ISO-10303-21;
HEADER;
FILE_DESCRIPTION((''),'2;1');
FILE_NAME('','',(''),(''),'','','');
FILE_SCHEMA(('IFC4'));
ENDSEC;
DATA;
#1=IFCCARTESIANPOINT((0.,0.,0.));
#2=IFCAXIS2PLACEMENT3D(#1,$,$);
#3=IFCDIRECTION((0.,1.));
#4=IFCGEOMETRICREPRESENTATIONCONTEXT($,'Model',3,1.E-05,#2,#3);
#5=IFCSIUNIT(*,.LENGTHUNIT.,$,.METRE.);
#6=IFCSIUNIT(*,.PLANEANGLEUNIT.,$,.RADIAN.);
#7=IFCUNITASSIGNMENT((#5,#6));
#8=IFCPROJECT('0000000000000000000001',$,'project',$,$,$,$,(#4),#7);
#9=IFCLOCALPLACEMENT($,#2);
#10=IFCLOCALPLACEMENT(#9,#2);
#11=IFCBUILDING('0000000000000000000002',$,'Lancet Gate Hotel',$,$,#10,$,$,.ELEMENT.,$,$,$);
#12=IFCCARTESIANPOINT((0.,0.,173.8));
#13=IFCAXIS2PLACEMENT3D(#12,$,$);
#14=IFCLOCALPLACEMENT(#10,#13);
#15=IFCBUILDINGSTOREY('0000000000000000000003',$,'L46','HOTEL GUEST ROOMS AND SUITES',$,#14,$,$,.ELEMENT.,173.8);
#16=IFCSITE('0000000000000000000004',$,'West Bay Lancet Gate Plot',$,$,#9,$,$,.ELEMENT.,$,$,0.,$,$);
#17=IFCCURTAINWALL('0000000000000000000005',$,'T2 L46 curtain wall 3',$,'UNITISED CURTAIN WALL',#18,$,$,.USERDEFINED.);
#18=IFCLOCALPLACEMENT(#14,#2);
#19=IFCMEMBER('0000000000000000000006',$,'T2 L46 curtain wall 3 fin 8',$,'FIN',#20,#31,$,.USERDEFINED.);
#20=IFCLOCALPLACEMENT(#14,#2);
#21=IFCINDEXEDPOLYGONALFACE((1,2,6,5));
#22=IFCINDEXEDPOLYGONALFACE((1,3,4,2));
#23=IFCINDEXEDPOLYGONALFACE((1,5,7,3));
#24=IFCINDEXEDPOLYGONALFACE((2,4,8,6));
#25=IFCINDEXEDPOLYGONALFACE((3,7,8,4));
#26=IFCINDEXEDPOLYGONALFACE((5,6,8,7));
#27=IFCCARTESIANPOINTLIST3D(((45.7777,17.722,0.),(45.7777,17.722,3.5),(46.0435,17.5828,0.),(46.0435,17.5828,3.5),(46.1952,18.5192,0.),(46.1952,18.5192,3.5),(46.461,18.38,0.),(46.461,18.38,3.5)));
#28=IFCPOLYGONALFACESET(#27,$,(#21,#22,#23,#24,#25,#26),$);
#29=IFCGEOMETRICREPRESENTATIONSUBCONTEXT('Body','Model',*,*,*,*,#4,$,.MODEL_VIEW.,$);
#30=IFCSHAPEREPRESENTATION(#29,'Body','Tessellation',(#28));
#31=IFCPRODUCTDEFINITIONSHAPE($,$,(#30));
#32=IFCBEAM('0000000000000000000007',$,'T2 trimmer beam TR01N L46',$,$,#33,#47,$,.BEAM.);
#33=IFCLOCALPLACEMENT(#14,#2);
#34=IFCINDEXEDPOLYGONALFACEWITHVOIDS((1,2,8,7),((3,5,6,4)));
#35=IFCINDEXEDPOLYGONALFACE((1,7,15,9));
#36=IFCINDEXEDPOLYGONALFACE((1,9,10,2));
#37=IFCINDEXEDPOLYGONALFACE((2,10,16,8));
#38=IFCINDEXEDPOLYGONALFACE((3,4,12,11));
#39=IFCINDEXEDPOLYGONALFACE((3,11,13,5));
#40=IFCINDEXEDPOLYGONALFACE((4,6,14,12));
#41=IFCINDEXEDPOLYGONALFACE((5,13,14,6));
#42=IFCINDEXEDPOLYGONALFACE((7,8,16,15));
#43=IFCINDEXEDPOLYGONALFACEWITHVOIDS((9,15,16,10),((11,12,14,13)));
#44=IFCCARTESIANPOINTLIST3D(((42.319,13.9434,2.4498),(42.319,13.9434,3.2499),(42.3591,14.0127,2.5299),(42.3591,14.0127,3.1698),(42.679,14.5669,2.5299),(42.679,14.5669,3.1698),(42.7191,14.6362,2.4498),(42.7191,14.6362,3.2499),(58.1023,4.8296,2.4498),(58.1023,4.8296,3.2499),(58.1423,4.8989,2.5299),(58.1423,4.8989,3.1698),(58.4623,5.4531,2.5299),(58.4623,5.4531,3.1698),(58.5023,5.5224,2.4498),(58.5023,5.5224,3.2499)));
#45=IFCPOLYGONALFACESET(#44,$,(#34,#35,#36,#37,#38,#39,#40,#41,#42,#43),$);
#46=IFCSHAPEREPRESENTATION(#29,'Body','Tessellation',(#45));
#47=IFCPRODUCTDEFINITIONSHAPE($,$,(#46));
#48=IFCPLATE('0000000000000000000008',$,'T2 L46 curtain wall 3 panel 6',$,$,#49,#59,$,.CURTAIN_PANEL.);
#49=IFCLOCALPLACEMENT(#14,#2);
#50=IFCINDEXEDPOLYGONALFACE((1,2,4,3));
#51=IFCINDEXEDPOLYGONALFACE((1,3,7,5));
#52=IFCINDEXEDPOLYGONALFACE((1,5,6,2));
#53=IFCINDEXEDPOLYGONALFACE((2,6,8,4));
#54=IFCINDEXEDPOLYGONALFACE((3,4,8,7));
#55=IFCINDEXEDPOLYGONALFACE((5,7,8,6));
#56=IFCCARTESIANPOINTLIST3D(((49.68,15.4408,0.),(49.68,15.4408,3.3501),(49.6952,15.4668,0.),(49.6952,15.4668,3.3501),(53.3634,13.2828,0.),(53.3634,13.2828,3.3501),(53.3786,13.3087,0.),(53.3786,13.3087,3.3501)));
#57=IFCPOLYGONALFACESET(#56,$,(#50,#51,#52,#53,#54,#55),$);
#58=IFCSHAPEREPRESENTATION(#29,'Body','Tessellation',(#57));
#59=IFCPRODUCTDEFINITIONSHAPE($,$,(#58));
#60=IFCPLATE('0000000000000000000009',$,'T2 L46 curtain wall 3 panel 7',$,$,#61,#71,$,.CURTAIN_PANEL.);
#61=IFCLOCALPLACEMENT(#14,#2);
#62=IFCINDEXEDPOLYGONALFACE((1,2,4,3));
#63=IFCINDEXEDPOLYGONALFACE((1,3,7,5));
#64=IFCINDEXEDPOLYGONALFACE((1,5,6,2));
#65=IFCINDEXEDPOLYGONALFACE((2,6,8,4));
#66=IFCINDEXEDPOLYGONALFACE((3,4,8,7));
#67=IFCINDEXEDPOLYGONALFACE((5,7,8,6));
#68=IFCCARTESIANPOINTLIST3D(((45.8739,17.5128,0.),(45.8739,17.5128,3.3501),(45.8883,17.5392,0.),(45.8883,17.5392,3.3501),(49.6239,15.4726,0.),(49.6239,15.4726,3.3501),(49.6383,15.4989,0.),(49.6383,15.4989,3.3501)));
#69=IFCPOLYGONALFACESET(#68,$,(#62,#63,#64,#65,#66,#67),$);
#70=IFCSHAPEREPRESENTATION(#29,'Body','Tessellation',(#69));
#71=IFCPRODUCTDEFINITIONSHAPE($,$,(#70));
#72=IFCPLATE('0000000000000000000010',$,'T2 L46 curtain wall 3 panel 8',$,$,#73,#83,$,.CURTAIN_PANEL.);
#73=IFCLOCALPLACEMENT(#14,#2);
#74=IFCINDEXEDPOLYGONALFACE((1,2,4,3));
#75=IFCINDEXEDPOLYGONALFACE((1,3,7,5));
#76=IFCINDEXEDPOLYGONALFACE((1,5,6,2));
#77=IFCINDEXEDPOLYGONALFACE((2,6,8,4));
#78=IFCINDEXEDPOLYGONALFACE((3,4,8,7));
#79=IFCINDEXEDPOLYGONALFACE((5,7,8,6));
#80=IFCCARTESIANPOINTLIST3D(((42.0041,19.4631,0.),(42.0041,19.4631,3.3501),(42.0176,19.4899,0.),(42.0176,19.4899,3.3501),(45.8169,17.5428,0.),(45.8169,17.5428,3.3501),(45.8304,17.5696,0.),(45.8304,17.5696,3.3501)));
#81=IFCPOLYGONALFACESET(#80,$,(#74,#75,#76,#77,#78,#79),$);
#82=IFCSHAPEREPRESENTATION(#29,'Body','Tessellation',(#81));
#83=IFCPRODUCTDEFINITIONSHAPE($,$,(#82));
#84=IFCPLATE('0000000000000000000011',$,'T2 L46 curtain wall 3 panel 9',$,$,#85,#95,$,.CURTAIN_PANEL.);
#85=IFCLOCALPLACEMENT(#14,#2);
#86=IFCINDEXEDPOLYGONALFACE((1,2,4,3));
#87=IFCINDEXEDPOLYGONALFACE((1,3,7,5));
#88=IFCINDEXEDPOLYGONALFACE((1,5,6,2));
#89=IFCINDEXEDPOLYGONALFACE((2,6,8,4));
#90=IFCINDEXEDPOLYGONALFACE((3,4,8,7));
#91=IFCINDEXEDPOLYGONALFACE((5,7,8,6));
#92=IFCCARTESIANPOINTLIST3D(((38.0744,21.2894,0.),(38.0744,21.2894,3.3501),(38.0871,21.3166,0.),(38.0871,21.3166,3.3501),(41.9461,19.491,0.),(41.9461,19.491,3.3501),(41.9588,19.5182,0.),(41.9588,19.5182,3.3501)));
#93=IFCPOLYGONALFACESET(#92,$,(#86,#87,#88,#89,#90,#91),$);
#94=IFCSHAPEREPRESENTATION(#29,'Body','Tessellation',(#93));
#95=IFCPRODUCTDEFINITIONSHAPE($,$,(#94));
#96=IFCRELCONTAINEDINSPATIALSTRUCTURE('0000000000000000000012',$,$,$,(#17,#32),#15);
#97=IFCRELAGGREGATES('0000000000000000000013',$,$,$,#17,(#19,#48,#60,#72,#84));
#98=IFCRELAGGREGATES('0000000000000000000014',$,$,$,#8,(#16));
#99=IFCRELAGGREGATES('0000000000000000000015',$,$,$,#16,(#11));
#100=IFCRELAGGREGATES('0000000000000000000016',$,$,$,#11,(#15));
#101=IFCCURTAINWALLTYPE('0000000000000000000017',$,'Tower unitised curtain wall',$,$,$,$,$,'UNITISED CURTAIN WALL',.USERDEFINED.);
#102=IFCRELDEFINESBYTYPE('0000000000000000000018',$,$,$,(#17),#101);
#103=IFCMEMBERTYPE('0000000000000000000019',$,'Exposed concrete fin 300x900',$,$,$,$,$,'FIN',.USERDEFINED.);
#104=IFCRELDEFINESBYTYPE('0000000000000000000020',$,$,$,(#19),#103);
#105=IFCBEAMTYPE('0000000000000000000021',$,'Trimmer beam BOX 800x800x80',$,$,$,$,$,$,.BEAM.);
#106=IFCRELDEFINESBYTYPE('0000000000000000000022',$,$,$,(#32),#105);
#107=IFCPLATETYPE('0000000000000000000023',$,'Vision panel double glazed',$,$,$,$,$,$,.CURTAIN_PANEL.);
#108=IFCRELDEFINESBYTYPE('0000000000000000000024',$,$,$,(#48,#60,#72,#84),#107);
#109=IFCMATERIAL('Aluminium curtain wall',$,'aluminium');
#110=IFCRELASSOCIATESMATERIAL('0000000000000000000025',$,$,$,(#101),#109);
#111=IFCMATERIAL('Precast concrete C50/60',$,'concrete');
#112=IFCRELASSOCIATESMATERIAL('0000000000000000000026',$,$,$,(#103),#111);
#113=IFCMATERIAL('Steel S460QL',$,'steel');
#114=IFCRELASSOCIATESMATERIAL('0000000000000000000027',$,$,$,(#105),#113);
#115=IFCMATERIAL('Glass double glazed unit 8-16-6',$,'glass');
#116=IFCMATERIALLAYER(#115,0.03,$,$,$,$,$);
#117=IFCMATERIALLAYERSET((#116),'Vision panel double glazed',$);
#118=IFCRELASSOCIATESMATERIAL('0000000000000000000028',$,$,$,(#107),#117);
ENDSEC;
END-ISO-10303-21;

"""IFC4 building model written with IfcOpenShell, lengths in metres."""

from ifc_helpers import new_model, si_unit, direction, frame, origin, origin_2d, place, context, subcontext, project, spatial, rectangle, hollow_rectangle, extrude, material, layer, layer_set, material_profile, profile_set, type_object, element, aggregate, save


model = new_model("IFC4")

# Units and contexts
model_context = context("Model", 3, precision=1e-05, world=origin(), true_north=direction((0.0, 1.0)))
body_context = subcontext(model_context, "Body", "Model", "MODEL_VIEW")
ifc_project = project(units=[si_unit("LENGTHUNIT", "METRE"), si_unit("PLANEANGLEUNIT", "RADIAN")], contexts=[model_context])

# Site, building, storey
site_placement = place(None, origin())
site = spatial("IfcSite", under=ifc_project, at=site_placement, Name="West Bay Lancet Gate Plot", CompositionType="ELEMENT", RefElevation=0.0)
building_placement = place(site_placement, origin())
building = spatial("IfcBuilding", under=site, at=building_placement, Name="Lancet Gate Hotel", CompositionType="ELEMENT")
storey_placement = place(building_placement, frame((0.0, 0.0, 173.8)))
storey = spatial("IfcBuildingStorey", under=building, at=storey_placement, Name="L46", Description="HOTEL GUEST ROOMS AND SUITES", CompositionType="ELEMENT", Elevation=173.8)

# Curtain wall
ifc_material_1 = material(Name="Aluminium curtain wall", Category="aluminium")
curtain_wall_type = type_object("IfcCurtainWallType", Name="Tower unitised curtain wall", ElementType="UNITISED CURTAIN WALL", PredefinedType="USERDEFINED", material=ifc_material_1)
curtain_wall_placement = place(storey_placement, origin())
curtain_wall = element("IfcCurtainWall", 1, at=curtain_wall_placement, inside=storey, type_object=curtain_wall_type, Name="T2 L46 curtain wall 3", ObjectType="UNITISED CURTAIN WALL", PredefinedType="USERDEFINED")

# Member
ifc_material_2 = material(Name="Precast concrete C50/60", Category="concrete")
ifc_material_profile_1 = material_profile(ifc_material_2, rectangle(XDim=0.3, YDim=0.8999, at=origin_2d()), Name="FIN 300x900")
ifc_profile_set_1 = profile_set([ifc_material_profile_1], Name="Precast concrete C50/60")
member_type_1 = type_object("IfcMemberType", Name="Exposed concrete fin 300x900", ElementType="FIN", PredefinedType="USERDEFINED", material=ifc_profile_set_1)
member_1_placement = place(storey_placement, frame((46.1194, 18.051, 0.0), z_axis=(0.0, 0.0, 1.0), x_axis=(-0.885877, 0.46392, 0.0)))
member_1 = element("IfcMember", 2, at=member_1_placement, type_object=member_type_1, Name="T2 L46 curtain wall 3 fin 8", ObjectType="FIN", PredefinedType="USERDEFINED", context=body_context, shape_type="SweptSolid", body=[
    extrude(rectangle(XDim=0.3, YDim=0.8999, at=origin_2d()), origin(), (0.0, 0.0, 1.0), 3.5),
])

# Beam
ifc_material_3 = material(Name="Steel S460QL", Category="steel")
ifc_material_profile_2 = material_profile(ifc_material_3, hollow_rectangle(XDim=0.8, YDim=0.8, WallThickness=0.0801, at=origin_2d()), Name="BOX 800x800x80")
ifc_profile_set_2 = profile_set([ifc_material_profile_2], Name="Steel S460QL")
beam_type_1 = type_object("IfcBeamType", Name="Trimmer beam BOX 800x800x80", PredefinedType="BEAM", material=ifc_profile_set_2)
beam_1_placement = place(storey_placement, frame((42.519, 14.2898, 2.8499), z_axis=(0.865994, -0.500055, 0.0), x_axis=(0.500055, 0.865994, 0.0)))
element("IfcBeam", 3, at=beam_1_placement, inside=storey, type_object=beam_type_1, Name="T2 trimmer beam TR01N L46", PredefinedType="BEAM", context=body_context, shape_type="SweptSolid", body=[
    extrude(hollow_rectangle(XDim=0.8, YDim=0.8, WallThickness=0.0801, at=origin_2d()), origin(), (0.0, 0.0, 1.0), 18.2256),
])

# Plates
ifc_material_4 = material(Name="Glass double glazed unit 8-16-6", Category="glass")
ifc_layer = layer(ifc_material_4, 0.03)
ifc_layer_set = layer_set([ifc_layer], Name="Vision panel double glazed")
plate_type = type_object("IfcPlateType", Name="Vision panel double glazed", PredefinedType="CURTAIN_PANEL", material=ifc_layer_set)
plate_1_placement = place(storey_placement, frame((51.5293, 14.3748, 0.0), z_axis=(0.0, 0.0, 1.0), x_axis=(-0.862815, 0.50552, 0.0)))
plate_1 = element("IfcPlate", 4, at=plate_1_placement, type_object=plate_type, Name="T2 L46 curtain wall 3 panel 6", PredefinedType="CURTAIN_PANEL", context=body_context, shape_type="SweptSolid", body=[
    extrude(rectangle(XDim=4.269, YDim=0.03, at=origin_2d()), origin(), (0.0, 0.0, 1.0), 3.3501),
])
plate_2_placement = place(storey_placement, frame((47.7561, 16.5059, 0.0), z_axis=(0.0, 0.0, 1.0), x_axis=(-0.87841, 0.477908, 0.0)))
plate_2 = element("IfcPlate", 5, at=plate_2_placement, type_object=plate_type, Name="T2 L46 curtain wall 3 panel 7", PredefinedType="CURTAIN_PANEL", context=body_context, shape_type="SweptSolid", body=[
    extrude(rectangle(XDim=4.269, YDim=0.03, at=origin_2d()), origin(), (0.0, 0.0, 1.0), 3.3501),
])
plate_3_placement = place(storey_placement, frame((43.9172, 18.5164, 0.0), z_axis=(0.0, 0.0, 1.0), x_axis=(-0.893121, 0.449816, 0.0)))
plate_3 = element("IfcPlate", 6, at=plate_3_placement, type_object=plate_type, Name="T2 L46 curtain wall 3 panel 8", PredefinedType="CURTAIN_PANEL", context=body_context, shape_type="SweptSolid", body=[
    extrude(rectangle(XDim=4.269, YDim=0.03, at=origin_2d()), origin(), (0.0, 0.0, 1.0), 3.3501),
])
plate_4_placement = place(storey_placement, frame((40.0166, 20.4038, 0.0), z_axis=(0.0, 0.0, 1.0), x_axis=(-0.906935, 0.421271, 0.0)))
plate_4 = element("IfcPlate", 7, at=plate_4_placement, type_object=plate_type, Name="T2 L46 curtain wall 3 panel 9", PredefinedType="CURTAIN_PANEL", context=body_context, shape_type="SweptSolid", body=[
    extrude(rectangle(XDim=4.269, YDim=0.03, at=origin_2d()), origin(), (0.0, 0.0, 1.0), 3.3501),
])
aggregate(curtain_wall, [member_1, plate_1, plate_2, plate_3, plate_4])

save(model, "model.ifc")
